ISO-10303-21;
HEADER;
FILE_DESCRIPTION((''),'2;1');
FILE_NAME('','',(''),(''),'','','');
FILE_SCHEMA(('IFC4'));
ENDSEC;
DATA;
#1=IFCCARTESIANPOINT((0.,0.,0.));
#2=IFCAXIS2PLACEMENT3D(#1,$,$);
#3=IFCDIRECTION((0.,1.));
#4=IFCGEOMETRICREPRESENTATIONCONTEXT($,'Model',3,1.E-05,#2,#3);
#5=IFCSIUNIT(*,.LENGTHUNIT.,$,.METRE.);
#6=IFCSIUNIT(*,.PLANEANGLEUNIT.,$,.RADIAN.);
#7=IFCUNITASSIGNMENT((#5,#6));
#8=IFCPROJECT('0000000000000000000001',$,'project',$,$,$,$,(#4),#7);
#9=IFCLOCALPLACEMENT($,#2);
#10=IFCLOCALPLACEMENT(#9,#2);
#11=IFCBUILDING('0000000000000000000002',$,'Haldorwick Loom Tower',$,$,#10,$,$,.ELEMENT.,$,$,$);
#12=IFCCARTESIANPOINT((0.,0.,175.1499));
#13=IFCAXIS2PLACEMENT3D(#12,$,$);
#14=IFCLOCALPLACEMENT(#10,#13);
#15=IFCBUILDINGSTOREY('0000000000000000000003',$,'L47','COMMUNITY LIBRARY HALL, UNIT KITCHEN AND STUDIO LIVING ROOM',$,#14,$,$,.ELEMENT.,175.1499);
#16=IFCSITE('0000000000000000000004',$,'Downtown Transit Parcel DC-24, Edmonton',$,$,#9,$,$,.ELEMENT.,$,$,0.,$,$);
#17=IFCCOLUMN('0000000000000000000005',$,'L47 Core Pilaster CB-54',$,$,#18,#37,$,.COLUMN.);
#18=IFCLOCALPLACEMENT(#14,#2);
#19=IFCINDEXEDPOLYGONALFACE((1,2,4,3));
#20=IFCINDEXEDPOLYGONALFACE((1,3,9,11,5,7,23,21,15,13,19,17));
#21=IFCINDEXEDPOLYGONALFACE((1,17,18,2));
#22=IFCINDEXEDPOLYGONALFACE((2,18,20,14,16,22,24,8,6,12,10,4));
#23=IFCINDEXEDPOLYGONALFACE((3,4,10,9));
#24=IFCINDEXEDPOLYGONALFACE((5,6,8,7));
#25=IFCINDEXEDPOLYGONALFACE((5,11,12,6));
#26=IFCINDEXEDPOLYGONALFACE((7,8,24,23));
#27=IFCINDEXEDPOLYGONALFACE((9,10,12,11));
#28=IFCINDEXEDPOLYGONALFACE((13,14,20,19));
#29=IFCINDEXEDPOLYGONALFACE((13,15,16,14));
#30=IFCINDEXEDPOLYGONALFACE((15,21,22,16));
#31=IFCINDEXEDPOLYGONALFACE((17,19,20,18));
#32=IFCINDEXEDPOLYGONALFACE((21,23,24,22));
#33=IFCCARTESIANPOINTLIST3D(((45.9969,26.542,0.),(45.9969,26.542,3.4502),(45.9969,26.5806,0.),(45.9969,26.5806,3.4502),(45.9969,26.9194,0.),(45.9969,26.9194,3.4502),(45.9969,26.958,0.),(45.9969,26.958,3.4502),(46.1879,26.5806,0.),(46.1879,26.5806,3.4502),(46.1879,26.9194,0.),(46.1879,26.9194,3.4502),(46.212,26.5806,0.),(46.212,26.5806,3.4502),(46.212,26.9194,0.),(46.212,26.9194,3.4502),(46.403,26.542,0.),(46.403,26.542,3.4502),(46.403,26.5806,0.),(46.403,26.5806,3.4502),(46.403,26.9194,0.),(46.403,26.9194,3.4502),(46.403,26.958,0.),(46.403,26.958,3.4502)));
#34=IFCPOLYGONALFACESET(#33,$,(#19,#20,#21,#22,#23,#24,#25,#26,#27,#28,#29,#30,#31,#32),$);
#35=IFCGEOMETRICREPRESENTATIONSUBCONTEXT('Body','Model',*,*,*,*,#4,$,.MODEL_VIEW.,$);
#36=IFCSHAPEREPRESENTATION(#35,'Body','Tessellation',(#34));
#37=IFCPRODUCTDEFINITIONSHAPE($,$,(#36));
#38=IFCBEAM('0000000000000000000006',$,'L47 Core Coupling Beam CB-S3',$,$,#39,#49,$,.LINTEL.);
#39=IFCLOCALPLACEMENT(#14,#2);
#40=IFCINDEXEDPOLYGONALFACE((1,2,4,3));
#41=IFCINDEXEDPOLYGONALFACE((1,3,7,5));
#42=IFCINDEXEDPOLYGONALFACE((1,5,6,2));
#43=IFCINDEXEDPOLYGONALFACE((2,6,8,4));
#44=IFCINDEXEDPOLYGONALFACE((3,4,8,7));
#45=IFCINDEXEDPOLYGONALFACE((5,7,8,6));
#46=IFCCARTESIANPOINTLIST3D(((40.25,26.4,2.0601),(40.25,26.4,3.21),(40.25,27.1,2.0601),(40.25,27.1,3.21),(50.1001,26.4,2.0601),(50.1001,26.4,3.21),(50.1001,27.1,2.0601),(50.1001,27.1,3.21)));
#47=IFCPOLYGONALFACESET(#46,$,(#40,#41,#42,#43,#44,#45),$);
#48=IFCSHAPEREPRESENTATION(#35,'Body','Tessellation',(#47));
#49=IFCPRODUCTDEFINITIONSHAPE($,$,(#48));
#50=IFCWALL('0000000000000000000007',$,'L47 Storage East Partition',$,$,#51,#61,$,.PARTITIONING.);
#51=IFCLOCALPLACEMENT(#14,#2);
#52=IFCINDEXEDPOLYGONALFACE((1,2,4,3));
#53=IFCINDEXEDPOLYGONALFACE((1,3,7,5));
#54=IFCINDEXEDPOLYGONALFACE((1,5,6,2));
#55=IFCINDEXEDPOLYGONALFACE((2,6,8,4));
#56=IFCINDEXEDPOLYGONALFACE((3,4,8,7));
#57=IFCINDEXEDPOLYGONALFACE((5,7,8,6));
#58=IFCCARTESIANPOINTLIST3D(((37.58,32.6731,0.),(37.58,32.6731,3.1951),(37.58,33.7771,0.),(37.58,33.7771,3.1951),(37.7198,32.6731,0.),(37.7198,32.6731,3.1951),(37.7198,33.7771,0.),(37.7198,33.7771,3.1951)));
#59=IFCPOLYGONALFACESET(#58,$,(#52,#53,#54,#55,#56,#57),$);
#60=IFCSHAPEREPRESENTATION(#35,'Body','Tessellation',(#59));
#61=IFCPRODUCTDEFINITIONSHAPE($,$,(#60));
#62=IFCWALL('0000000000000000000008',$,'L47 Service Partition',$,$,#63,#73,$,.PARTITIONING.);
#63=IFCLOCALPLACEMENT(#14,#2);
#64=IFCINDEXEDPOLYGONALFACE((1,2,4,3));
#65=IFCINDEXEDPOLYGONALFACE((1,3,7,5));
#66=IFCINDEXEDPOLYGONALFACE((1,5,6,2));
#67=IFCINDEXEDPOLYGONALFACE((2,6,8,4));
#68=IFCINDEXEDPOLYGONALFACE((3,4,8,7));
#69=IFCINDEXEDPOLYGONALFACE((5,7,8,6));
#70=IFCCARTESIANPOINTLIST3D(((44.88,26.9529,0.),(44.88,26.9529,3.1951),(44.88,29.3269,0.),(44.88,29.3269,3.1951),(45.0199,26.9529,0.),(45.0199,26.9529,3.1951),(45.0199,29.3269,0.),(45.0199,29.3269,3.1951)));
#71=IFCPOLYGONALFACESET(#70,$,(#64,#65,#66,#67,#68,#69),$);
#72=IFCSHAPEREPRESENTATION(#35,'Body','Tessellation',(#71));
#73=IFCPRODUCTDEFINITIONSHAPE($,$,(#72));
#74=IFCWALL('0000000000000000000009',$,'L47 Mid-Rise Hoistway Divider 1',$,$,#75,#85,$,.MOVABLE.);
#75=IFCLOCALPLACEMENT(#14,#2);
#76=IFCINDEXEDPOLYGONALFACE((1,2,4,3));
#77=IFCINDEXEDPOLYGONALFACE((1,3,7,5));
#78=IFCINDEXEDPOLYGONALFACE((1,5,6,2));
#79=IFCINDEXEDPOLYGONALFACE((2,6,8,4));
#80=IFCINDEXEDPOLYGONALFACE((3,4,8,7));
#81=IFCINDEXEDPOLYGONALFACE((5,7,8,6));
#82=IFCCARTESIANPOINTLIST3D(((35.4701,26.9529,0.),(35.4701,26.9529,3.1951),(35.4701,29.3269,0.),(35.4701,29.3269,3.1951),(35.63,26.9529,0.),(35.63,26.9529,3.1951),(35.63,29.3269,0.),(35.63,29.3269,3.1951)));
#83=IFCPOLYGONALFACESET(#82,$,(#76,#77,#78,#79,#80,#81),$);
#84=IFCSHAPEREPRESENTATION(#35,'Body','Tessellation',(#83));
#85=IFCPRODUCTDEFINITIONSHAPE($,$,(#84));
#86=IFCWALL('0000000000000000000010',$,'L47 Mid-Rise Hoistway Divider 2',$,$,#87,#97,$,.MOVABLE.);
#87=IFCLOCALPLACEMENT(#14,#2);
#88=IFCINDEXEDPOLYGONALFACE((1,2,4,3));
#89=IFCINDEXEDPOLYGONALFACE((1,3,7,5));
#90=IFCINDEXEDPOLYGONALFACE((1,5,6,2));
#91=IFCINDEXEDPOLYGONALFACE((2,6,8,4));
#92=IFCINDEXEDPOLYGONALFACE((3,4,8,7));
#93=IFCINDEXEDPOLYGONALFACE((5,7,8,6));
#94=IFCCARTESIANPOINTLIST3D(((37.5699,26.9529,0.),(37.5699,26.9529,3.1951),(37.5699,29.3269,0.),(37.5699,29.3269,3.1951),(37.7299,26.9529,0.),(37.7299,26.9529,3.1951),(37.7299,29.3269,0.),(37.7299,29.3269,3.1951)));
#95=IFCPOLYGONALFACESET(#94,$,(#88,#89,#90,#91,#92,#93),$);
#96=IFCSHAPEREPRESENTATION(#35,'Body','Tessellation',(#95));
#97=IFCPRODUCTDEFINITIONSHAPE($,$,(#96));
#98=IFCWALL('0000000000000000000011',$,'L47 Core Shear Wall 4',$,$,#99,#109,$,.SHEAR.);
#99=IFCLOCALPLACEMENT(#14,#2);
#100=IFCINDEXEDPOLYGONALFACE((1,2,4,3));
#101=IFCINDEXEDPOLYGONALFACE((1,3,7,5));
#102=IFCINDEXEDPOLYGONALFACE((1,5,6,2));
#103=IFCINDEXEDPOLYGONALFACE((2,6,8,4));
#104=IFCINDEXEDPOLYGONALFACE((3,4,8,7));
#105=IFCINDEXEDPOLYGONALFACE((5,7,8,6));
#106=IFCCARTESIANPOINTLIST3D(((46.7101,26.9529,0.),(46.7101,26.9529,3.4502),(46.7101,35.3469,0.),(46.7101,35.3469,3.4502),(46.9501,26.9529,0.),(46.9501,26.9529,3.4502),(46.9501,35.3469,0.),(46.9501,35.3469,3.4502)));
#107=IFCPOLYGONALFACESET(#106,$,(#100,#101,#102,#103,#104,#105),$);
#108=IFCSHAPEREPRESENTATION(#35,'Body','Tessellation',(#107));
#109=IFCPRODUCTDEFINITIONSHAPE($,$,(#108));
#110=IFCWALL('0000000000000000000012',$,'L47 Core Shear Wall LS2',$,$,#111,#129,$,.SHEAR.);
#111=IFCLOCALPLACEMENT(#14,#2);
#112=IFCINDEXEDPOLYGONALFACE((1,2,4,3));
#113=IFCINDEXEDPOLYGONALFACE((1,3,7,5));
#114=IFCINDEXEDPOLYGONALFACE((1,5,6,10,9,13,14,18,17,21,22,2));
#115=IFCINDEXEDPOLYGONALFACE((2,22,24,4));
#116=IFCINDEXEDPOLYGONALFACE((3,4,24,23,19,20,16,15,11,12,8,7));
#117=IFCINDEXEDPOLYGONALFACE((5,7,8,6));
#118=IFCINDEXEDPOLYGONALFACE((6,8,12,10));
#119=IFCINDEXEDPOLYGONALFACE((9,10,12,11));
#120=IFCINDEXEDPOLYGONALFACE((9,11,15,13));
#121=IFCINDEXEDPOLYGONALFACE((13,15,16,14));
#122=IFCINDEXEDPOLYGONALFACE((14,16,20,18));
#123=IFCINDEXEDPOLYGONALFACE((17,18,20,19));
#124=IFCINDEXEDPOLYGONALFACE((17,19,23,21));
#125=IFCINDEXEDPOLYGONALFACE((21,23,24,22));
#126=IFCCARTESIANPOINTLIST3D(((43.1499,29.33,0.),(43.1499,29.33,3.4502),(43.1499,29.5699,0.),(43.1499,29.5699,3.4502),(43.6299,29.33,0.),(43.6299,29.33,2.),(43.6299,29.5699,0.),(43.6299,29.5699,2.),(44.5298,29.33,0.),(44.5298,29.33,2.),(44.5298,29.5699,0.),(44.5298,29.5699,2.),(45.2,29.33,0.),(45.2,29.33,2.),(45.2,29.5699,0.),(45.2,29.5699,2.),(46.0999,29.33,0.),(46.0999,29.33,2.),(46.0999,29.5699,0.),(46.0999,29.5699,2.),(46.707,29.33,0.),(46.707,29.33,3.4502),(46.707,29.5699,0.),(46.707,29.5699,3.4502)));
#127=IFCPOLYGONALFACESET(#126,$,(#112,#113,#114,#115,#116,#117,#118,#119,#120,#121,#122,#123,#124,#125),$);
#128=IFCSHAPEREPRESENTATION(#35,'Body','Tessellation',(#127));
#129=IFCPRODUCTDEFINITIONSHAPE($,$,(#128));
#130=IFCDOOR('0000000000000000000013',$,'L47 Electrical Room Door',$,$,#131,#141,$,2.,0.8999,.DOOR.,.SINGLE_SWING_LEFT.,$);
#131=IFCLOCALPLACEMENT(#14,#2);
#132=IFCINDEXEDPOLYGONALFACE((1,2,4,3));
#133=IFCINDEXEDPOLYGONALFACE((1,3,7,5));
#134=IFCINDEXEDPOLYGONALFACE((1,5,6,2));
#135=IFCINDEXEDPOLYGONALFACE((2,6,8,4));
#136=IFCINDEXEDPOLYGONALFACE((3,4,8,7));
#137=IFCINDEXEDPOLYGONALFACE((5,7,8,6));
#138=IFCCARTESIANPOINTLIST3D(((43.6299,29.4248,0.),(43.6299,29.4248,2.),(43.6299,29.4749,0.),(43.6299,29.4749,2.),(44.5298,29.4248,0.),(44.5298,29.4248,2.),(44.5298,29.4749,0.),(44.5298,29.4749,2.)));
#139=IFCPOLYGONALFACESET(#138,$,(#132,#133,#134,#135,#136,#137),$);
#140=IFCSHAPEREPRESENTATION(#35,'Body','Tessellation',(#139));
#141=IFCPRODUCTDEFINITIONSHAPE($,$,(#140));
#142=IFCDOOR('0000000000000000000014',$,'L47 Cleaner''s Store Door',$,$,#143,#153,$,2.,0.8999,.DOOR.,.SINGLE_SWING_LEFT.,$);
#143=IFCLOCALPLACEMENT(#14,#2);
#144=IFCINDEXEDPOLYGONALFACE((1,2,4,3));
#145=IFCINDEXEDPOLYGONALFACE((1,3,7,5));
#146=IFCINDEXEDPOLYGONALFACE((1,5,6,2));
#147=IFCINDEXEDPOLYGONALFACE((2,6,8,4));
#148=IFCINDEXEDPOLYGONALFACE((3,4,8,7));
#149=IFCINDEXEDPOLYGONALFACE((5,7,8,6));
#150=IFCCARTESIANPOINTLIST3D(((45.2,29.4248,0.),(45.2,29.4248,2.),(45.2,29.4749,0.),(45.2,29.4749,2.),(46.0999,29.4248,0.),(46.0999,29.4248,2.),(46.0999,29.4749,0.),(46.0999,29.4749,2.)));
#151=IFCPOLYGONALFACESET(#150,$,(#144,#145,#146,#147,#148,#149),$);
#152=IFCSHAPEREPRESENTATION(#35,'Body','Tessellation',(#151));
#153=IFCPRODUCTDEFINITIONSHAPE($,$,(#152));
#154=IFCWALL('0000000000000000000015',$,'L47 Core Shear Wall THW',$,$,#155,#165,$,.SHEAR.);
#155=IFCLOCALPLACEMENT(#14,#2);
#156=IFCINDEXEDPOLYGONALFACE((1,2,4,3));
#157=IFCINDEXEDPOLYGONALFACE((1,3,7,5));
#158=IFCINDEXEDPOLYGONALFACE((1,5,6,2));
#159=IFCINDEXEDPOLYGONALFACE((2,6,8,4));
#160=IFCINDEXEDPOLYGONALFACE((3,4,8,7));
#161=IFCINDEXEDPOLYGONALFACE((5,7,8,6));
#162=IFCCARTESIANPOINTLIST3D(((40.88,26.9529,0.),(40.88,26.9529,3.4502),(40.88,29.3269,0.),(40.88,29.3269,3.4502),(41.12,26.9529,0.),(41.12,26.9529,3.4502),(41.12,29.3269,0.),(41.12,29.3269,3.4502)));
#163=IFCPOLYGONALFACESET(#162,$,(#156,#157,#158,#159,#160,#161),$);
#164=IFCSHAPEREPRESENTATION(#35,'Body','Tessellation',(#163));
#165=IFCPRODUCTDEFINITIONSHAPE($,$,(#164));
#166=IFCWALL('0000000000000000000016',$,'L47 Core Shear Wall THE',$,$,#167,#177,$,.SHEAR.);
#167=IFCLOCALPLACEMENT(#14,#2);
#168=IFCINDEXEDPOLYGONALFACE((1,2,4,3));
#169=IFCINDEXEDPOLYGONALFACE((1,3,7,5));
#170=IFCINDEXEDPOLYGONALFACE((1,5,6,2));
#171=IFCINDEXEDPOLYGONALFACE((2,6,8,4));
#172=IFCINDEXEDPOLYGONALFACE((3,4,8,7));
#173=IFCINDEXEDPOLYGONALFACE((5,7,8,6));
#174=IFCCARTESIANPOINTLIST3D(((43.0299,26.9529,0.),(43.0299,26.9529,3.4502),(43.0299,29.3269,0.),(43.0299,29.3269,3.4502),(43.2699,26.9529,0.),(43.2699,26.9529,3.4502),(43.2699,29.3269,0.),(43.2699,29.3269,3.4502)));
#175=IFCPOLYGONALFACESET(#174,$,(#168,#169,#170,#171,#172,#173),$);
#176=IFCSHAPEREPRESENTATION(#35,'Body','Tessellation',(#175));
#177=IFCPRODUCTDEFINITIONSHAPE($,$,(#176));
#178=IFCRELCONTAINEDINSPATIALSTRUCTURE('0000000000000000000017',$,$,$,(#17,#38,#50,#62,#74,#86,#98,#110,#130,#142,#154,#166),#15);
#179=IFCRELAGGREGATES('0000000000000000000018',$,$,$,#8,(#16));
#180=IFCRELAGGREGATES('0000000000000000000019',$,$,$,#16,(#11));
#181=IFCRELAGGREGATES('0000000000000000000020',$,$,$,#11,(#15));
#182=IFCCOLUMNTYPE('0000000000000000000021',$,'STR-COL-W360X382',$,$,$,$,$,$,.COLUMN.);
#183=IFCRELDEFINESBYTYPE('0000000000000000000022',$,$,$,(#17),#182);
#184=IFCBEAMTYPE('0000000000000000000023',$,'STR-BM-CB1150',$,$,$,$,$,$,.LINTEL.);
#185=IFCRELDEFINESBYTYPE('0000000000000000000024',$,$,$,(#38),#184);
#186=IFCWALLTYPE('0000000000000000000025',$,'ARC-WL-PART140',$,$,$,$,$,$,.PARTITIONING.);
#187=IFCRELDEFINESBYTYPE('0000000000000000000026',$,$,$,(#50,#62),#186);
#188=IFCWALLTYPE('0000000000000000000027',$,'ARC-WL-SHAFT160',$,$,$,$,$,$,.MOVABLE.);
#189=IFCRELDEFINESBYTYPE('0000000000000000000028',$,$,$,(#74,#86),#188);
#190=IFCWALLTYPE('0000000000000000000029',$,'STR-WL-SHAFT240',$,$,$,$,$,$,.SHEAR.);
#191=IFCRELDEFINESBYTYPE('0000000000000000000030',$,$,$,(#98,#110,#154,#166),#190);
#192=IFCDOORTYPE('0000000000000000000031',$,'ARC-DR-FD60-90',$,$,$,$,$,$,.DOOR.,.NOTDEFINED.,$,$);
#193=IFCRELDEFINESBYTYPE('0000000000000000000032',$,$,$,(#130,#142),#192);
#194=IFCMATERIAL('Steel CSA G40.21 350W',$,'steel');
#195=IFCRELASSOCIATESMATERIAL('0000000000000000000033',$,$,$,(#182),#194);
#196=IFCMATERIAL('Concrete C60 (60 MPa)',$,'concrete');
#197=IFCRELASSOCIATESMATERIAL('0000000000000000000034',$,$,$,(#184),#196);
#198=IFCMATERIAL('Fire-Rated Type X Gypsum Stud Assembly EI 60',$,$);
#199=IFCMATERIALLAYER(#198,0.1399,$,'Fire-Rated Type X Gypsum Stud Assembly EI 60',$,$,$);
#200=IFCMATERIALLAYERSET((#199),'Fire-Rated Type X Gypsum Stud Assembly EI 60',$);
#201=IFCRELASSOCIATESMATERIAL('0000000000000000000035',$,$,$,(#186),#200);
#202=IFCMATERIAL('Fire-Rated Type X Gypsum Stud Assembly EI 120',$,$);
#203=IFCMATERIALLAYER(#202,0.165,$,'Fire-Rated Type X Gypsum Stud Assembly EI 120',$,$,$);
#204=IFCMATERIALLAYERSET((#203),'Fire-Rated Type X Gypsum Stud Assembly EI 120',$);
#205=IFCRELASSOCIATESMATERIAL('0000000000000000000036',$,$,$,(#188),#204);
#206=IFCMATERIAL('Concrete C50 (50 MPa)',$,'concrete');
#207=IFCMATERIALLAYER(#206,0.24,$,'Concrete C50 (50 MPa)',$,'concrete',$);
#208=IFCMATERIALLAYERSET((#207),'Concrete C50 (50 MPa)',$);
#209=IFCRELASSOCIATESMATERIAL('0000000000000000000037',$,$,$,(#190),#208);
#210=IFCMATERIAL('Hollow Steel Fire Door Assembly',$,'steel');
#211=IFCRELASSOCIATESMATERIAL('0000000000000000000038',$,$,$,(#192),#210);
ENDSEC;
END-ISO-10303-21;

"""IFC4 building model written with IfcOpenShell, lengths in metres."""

from ifc_helpers import new_model, si_unit, direction, frame, frame_2d, origin, origin_2d, place, context, subcontext, project, spatial, rectangle, i_section, extrude, material, layer, layer_set, material_profile, profile_set, type_object, element, fill, save


model = new_model("IFC4")

# Units and contexts
model_context = context("Model", 3, precision=1e-05, world=origin(), true_north=direction((0.0, 1.0)))
body_context = subcontext(model_context, "Body", "Model", "MODEL_VIEW")
ifc_project = project(units=[si_unit("LENGTHUNIT", "METRE"), si_unit("PLANEANGLEUNIT", "RADIAN")], contexts=[model_context])

# Site, building, storey
site_placement = place(None, origin())
site = spatial("IfcSite", under=ifc_project, at=site_placement, Name="Downtown Transit Parcel DC-24, Edmonton", CompositionType="ELEMENT", RefElevation=0.0)
building_placement = place(site_placement, origin())
building = spatial("IfcBuilding", under=site, at=building_placement, Name="Haldorwick Loom Tower", CompositionType="ELEMENT")
storey_placement = place(building_placement, frame((0.0, 0.0, 175.1499)))
storey = spatial("IfcBuildingStorey", under=building, at=storey_placement, Name="L47", Description="COMMUNITY LIBRARY HALL, UNIT KITCHEN AND STUDIO LIVING ROOM", CompositionType="ELEMENT", Elevation=175.1499)

# Column
ifc_material_1 = material(Name="Steel CSA G40.21 350W", Category="steel")
ifc_material_profile_1 = material_profile(ifc_material_1, i_section(OverallWidth=0.406, OverallDepth=0.416, WebThickness=0.0242, FlangeThickness=0.0386, at=origin_2d()), Name="W360X382", Category="steel")
ifc_profile_set_1 = profile_set([ifc_material_profile_1], Name="Steel CSA G40.21 350W")
column_type = type_object("IfcColumnType", Name="STR-COL-W360X382", PredefinedType="COLUMN", material=ifc_profile_set_1)
for number, where, z_axis, x_axis, name in (
    (1, (46.2, 26.75, 0.0), (0.0, 0.0, 1.0), (1.0, 0.0, 0.0), "L47 Core Pilaster CB-54"),
):
    element("IfcColumn", number, at=place(storey_placement, frame(where, z_axis=z_axis, x_axis=x_axis)), inside=storey, type_object=column_type, Name=name, PredefinedType="COLUMN", context=body_context, shape_type="SweptSolid", body=[
        extrude(i_section(OverallWidth=0.406, OverallDepth=0.416, WebThickness=0.0242, FlangeThickness=0.0386, at=origin_2d()), origin(), (0.0, 0.0, 1.0), 3.4502),
    ])

# Beam
ifc_material_2 = material(Name="Concrete C60 (60 MPa)", Category="concrete")
ifc_material_profile_2 = material_profile(ifc_material_2, rectangle(XDim=0.7, YDim=1.1499, at=origin_2d()), Name="RC700X1150", Category="concrete")
ifc_profile_set_2 = profile_set([ifc_material_profile_2], Name="Concrete C60 (60 MPa)")
beam_type = type_object("IfcBeamType", Name="STR-BM-CB1150", PredefinedType="LINTEL", material=ifc_profile_set_2)
beam_placement = place(storey_placement, frame((40.25, 26.75, 2.635), z_axis=(1.0, 0.0, 0.0), x_axis=(0.0, 1.0, 0.0)))
element("IfcBeam", 2, at=beam_placement, inside=storey, type_object=beam_type, Name="L47 Core Coupling Beam CB-S3", PredefinedType="LINTEL", context=body_context, shape_type="SweptSolid", body=[
    extrude(rectangle(XDim=0.7, YDim=1.1499, at=origin_2d()), origin(), (0.0, 0.0, 1.0), 9.8501),
])

# Walls
ifc_material_3 = material(Name="Fire-Rated Type X Gypsum Stud Assembly EI 60")
ifc_layer_1 = layer(ifc_material_3, 0.1399, Name="Fire-Rated Type X Gypsum Stud Assembly EI 60")
ifc_layer_set_1 = layer_set([ifc_layer_1], Name="Fire-Rated Type X Gypsum Stud Assembly EI 60")
wall_type_1 = type_object("IfcWallType", Name="ARC-WL-PART140", PredefinedType="PARTITIONING", material=ifc_layer_set_1)
wall_1_placement = place(storey_placement, frame((37.6499, 32.6731, 0.0), z_axis=(0.0, 0.0, 1.0), x_axis=(0.0, 1.0, 0.0)))
element("IfcWall", 3, at=wall_1_placement, inside=storey, type_object=wall_type_1, Name="L47 Storage East Partition", PredefinedType="PARTITIONING", context=body_context, shape_type="SweptSolid", body=[
    extrude(rectangle(XDim=1.104, YDim=0.1399, at=frame_2d((0.552, 0.0))), origin(), (0.0, 0.0, 1.0), 3.1951),
])
wall_2_placement = place(storey_placement, frame((44.95, 26.9529, 0.0), z_axis=(0.0, 0.0, 1.0), x_axis=(0.0, 1.0, 0.0)))
element("IfcWall", 4, at=wall_2_placement, inside=storey, type_object=wall_type_1, Name="L47 Service Partition", PredefinedType="PARTITIONING", context=body_context, shape_type="SweptSolid", body=[
    extrude(rectangle(XDim=2.374, YDim=0.1399, at=frame_2d((1.187, 0.0))), origin(), (0.0, 0.0, 1.0), 3.1951),
])
ifc_material_4 = material(Name="Fire-Rated Type X Gypsum Stud Assembly EI 120")
ifc_layer_2 = layer(ifc_material_4, 0.165, Name="Fire-Rated Type X Gypsum Stud Assembly EI 120")
ifc_layer_set_2 = layer_set([ifc_layer_2], Name="Fire-Rated Type X Gypsum Stud Assembly EI 120")
wall_type_2 = type_object("IfcWallType", Name="ARC-WL-SHAFT160", PredefinedType="MOVABLE", material=ifc_layer_set_2)
for number, where, z_axis, x_axis, name in (
    (5, (35.55, 26.9529, 0.0), (0.0, 0.0, 1.0), (0.0, 1.0, 0.0), "L47 Mid-Rise Hoistway Divider 1"),
    (6, (37.6499, 26.9529, 0.0), (0.0, 0.0, 1.0), (0.0, 1.0, 0.0), "L47 Mid-Rise Hoistway Divider 2"),
):
    element("IfcWall", number, at=place(storey_placement, frame(where, z_axis=z_axis, x_axis=x_axis)), inside=storey, type_object=wall_type_2, Name=name, PredefinedType="MOVABLE", context=body_context, shape_type="SweptSolid", body=[
        extrude(rectangle(XDim=2.374, YDim=0.1599, at=frame_2d((1.187, 0.0))), origin(), (0.0, 0.0, 1.0), 3.1951),
    ])
ifc_material_5 = material(Name="Concrete C50 (50 MPa)", Category="concrete")
ifc_layer_3 = layer(ifc_material_5, 0.24, Name="Concrete C50 (50 MPa)", Category="concrete")
ifc_layer_set_3 = layer_set([ifc_layer_3], Name="Concrete C50 (50 MPa)")
wall_type_3 = type_object("IfcWallType", Name="STR-WL-SHAFT240", PredefinedType="SHEAR", material=ifc_layer_set_3)
wall_3_placement = place(storey_placement, frame((46.8301, 26.9529, 0.0), z_axis=(0.0, 0.0, 1.0), x_axis=(0.0, 1.0, 0.0)))
element("IfcWall", 7, at=wall_3_placement, inside=storey, type_object=wall_type_3, Name="L47 Core Shear Wall 4", PredefinedType="SHEAR", context=body_context, shape_type="SweptSolid", body=[
    extrude(rectangle(XDim=8.394, YDim=0.24, at=frame_2d((4.197, 0.0))), origin(), (0.0, 0.0, 1.0), 3.4502),
])

# Wall, openings, doors
wall_4_placement = place(storey_placement, frame((43.1499, 29.45, 0.0), z_axis=(0.0, 0.0, 1.0), x_axis=(1.0, 0.0, 0.0)))
wall_4 = element("IfcWall", 8, at=wall_4_placement, inside=storey, type_object=wall_type_3, Name="L47 Core Shear Wall LS2", PredefinedType="SHEAR", context=body_context, shape_type="SweptSolid", body=[
    extrude(rectangle(XDim=3.5571, YDim=0.24, at=frame_2d((1.7786, 0.0))), origin(), (0.0, 0.0, 1.0), 3.4502),
])
opening_1_placement = place(wall_4_placement, frame((0.48, 0.0, 0.0)))
opening_1 = element("IfcOpeningElement", 9, at=opening_1_placement, cuts=wall_4, PredefinedType="OPENING", context=body_context, shape_type="SweptSolid", body=[
    extrude(rectangle(XDim=0.8999, YDim=2.0, at=frame_2d((0.45, 1.0))), frame((0.0, 0.1299, 0.0), z_axis=(0.0, -1.0, 0.0), x_axis=(1.0, 0.0, 0.0)), (0.0, 0.0, 1.0), 0.26),
])
opening_2_placement = place(wall_4_placement, frame((2.05, 0.0, 0.0)))
opening_2 = element("IfcOpeningElement", 10, at=opening_2_placement, cuts=wall_4, PredefinedType="OPENING", context=body_context, shape_type="SweptSolid", body=[
    extrude(rectangle(XDim=0.8999, YDim=2.0, at=frame_2d((0.45, 1.0))), frame((0.0, 0.1299, 0.0), z_axis=(0.0, -1.0, 0.0), x_axis=(1.0, 0.0, 0.0)), (0.0, 0.0, 1.0), 0.26),
])
ifc_material_6 = material(Name="Hollow Steel Fire Door Assembly", Category="steel")
door_type = type_object("IfcDoorType", Name="ARC-DR-FD60-90", OperationType="NOTDEFINED", PredefinedType="DOOR", material=ifc_material_6)
door_1_placement = place(opening_1_placement, origin())
door_1 = element("IfcDoor", 11, at=door_1_placement, inside=storey, type_object=door_type, Name="L47 Electrical Room Door", OperationType="SINGLE_SWING_LEFT", OverallHeight=2.0, OverallWidth=0.8999, PredefinedType="DOOR", context=body_context, shape_type="SweptSolid", body=[
    extrude(rectangle(XDim=0.8999, YDim=2.0, at=frame_2d((0.45, 1.0))), frame((0.0, 0.0249, 0.0), z_axis=(0.0, -1.0, 0.0), x_axis=(1.0, 0.0, 0.0)), (0.0, 0.0, 1.0), 0.05),
])
fill(opening_1, door_1)
door_2_placement = place(opening_2_placement, origin())
door_2 = element("IfcDoor", 12, at=door_2_placement, inside=storey, type_object=door_type, Name="L47 Cleaner's Store Door", OperationType="SINGLE_SWING_LEFT", OverallHeight=2.0, OverallWidth=0.8999, PredefinedType="DOOR", context=body_context, shape_type="SweptSolid", body=[
    extrude(rectangle(XDim=0.8999, YDim=2.0, at=frame_2d((0.45, 1.0))), frame((0.0, 0.0249, 0.0), z_axis=(0.0, -1.0, 0.0), x_axis=(1.0, 0.0, 0.0)), (0.0, 0.0, 1.0), 0.05),
])
fill(opening_2, door_2)

# Walls
for number, where, z_axis, x_axis, name in (
    (13, (41.0, 26.9529, 0.0), (0.0, 0.0, 1.0), (0.0, 1.0, 0.0), "L47 Core Shear Wall THW"),
    (14, (43.1499, 26.9529, 0.0), (0.0, 0.0, 1.0), (0.0, 1.0, 0.0), "L47 Core Shear Wall THE"),
):
    element("IfcWall", number, at=place(storey_placement, frame(where, z_axis=z_axis, x_axis=x_axis)), inside=storey, type_object=wall_type_3, Name=name, PredefinedType="SHEAR", context=body_context, shape_type="SweptSolid", body=[
        extrude(rectangle(XDim=2.374, YDim=0.24, at=frame_2d((1.187, 0.0))), origin(), (0.0, 0.0, 1.0), 3.4502),
    ])

save(model, "model.ifc")
